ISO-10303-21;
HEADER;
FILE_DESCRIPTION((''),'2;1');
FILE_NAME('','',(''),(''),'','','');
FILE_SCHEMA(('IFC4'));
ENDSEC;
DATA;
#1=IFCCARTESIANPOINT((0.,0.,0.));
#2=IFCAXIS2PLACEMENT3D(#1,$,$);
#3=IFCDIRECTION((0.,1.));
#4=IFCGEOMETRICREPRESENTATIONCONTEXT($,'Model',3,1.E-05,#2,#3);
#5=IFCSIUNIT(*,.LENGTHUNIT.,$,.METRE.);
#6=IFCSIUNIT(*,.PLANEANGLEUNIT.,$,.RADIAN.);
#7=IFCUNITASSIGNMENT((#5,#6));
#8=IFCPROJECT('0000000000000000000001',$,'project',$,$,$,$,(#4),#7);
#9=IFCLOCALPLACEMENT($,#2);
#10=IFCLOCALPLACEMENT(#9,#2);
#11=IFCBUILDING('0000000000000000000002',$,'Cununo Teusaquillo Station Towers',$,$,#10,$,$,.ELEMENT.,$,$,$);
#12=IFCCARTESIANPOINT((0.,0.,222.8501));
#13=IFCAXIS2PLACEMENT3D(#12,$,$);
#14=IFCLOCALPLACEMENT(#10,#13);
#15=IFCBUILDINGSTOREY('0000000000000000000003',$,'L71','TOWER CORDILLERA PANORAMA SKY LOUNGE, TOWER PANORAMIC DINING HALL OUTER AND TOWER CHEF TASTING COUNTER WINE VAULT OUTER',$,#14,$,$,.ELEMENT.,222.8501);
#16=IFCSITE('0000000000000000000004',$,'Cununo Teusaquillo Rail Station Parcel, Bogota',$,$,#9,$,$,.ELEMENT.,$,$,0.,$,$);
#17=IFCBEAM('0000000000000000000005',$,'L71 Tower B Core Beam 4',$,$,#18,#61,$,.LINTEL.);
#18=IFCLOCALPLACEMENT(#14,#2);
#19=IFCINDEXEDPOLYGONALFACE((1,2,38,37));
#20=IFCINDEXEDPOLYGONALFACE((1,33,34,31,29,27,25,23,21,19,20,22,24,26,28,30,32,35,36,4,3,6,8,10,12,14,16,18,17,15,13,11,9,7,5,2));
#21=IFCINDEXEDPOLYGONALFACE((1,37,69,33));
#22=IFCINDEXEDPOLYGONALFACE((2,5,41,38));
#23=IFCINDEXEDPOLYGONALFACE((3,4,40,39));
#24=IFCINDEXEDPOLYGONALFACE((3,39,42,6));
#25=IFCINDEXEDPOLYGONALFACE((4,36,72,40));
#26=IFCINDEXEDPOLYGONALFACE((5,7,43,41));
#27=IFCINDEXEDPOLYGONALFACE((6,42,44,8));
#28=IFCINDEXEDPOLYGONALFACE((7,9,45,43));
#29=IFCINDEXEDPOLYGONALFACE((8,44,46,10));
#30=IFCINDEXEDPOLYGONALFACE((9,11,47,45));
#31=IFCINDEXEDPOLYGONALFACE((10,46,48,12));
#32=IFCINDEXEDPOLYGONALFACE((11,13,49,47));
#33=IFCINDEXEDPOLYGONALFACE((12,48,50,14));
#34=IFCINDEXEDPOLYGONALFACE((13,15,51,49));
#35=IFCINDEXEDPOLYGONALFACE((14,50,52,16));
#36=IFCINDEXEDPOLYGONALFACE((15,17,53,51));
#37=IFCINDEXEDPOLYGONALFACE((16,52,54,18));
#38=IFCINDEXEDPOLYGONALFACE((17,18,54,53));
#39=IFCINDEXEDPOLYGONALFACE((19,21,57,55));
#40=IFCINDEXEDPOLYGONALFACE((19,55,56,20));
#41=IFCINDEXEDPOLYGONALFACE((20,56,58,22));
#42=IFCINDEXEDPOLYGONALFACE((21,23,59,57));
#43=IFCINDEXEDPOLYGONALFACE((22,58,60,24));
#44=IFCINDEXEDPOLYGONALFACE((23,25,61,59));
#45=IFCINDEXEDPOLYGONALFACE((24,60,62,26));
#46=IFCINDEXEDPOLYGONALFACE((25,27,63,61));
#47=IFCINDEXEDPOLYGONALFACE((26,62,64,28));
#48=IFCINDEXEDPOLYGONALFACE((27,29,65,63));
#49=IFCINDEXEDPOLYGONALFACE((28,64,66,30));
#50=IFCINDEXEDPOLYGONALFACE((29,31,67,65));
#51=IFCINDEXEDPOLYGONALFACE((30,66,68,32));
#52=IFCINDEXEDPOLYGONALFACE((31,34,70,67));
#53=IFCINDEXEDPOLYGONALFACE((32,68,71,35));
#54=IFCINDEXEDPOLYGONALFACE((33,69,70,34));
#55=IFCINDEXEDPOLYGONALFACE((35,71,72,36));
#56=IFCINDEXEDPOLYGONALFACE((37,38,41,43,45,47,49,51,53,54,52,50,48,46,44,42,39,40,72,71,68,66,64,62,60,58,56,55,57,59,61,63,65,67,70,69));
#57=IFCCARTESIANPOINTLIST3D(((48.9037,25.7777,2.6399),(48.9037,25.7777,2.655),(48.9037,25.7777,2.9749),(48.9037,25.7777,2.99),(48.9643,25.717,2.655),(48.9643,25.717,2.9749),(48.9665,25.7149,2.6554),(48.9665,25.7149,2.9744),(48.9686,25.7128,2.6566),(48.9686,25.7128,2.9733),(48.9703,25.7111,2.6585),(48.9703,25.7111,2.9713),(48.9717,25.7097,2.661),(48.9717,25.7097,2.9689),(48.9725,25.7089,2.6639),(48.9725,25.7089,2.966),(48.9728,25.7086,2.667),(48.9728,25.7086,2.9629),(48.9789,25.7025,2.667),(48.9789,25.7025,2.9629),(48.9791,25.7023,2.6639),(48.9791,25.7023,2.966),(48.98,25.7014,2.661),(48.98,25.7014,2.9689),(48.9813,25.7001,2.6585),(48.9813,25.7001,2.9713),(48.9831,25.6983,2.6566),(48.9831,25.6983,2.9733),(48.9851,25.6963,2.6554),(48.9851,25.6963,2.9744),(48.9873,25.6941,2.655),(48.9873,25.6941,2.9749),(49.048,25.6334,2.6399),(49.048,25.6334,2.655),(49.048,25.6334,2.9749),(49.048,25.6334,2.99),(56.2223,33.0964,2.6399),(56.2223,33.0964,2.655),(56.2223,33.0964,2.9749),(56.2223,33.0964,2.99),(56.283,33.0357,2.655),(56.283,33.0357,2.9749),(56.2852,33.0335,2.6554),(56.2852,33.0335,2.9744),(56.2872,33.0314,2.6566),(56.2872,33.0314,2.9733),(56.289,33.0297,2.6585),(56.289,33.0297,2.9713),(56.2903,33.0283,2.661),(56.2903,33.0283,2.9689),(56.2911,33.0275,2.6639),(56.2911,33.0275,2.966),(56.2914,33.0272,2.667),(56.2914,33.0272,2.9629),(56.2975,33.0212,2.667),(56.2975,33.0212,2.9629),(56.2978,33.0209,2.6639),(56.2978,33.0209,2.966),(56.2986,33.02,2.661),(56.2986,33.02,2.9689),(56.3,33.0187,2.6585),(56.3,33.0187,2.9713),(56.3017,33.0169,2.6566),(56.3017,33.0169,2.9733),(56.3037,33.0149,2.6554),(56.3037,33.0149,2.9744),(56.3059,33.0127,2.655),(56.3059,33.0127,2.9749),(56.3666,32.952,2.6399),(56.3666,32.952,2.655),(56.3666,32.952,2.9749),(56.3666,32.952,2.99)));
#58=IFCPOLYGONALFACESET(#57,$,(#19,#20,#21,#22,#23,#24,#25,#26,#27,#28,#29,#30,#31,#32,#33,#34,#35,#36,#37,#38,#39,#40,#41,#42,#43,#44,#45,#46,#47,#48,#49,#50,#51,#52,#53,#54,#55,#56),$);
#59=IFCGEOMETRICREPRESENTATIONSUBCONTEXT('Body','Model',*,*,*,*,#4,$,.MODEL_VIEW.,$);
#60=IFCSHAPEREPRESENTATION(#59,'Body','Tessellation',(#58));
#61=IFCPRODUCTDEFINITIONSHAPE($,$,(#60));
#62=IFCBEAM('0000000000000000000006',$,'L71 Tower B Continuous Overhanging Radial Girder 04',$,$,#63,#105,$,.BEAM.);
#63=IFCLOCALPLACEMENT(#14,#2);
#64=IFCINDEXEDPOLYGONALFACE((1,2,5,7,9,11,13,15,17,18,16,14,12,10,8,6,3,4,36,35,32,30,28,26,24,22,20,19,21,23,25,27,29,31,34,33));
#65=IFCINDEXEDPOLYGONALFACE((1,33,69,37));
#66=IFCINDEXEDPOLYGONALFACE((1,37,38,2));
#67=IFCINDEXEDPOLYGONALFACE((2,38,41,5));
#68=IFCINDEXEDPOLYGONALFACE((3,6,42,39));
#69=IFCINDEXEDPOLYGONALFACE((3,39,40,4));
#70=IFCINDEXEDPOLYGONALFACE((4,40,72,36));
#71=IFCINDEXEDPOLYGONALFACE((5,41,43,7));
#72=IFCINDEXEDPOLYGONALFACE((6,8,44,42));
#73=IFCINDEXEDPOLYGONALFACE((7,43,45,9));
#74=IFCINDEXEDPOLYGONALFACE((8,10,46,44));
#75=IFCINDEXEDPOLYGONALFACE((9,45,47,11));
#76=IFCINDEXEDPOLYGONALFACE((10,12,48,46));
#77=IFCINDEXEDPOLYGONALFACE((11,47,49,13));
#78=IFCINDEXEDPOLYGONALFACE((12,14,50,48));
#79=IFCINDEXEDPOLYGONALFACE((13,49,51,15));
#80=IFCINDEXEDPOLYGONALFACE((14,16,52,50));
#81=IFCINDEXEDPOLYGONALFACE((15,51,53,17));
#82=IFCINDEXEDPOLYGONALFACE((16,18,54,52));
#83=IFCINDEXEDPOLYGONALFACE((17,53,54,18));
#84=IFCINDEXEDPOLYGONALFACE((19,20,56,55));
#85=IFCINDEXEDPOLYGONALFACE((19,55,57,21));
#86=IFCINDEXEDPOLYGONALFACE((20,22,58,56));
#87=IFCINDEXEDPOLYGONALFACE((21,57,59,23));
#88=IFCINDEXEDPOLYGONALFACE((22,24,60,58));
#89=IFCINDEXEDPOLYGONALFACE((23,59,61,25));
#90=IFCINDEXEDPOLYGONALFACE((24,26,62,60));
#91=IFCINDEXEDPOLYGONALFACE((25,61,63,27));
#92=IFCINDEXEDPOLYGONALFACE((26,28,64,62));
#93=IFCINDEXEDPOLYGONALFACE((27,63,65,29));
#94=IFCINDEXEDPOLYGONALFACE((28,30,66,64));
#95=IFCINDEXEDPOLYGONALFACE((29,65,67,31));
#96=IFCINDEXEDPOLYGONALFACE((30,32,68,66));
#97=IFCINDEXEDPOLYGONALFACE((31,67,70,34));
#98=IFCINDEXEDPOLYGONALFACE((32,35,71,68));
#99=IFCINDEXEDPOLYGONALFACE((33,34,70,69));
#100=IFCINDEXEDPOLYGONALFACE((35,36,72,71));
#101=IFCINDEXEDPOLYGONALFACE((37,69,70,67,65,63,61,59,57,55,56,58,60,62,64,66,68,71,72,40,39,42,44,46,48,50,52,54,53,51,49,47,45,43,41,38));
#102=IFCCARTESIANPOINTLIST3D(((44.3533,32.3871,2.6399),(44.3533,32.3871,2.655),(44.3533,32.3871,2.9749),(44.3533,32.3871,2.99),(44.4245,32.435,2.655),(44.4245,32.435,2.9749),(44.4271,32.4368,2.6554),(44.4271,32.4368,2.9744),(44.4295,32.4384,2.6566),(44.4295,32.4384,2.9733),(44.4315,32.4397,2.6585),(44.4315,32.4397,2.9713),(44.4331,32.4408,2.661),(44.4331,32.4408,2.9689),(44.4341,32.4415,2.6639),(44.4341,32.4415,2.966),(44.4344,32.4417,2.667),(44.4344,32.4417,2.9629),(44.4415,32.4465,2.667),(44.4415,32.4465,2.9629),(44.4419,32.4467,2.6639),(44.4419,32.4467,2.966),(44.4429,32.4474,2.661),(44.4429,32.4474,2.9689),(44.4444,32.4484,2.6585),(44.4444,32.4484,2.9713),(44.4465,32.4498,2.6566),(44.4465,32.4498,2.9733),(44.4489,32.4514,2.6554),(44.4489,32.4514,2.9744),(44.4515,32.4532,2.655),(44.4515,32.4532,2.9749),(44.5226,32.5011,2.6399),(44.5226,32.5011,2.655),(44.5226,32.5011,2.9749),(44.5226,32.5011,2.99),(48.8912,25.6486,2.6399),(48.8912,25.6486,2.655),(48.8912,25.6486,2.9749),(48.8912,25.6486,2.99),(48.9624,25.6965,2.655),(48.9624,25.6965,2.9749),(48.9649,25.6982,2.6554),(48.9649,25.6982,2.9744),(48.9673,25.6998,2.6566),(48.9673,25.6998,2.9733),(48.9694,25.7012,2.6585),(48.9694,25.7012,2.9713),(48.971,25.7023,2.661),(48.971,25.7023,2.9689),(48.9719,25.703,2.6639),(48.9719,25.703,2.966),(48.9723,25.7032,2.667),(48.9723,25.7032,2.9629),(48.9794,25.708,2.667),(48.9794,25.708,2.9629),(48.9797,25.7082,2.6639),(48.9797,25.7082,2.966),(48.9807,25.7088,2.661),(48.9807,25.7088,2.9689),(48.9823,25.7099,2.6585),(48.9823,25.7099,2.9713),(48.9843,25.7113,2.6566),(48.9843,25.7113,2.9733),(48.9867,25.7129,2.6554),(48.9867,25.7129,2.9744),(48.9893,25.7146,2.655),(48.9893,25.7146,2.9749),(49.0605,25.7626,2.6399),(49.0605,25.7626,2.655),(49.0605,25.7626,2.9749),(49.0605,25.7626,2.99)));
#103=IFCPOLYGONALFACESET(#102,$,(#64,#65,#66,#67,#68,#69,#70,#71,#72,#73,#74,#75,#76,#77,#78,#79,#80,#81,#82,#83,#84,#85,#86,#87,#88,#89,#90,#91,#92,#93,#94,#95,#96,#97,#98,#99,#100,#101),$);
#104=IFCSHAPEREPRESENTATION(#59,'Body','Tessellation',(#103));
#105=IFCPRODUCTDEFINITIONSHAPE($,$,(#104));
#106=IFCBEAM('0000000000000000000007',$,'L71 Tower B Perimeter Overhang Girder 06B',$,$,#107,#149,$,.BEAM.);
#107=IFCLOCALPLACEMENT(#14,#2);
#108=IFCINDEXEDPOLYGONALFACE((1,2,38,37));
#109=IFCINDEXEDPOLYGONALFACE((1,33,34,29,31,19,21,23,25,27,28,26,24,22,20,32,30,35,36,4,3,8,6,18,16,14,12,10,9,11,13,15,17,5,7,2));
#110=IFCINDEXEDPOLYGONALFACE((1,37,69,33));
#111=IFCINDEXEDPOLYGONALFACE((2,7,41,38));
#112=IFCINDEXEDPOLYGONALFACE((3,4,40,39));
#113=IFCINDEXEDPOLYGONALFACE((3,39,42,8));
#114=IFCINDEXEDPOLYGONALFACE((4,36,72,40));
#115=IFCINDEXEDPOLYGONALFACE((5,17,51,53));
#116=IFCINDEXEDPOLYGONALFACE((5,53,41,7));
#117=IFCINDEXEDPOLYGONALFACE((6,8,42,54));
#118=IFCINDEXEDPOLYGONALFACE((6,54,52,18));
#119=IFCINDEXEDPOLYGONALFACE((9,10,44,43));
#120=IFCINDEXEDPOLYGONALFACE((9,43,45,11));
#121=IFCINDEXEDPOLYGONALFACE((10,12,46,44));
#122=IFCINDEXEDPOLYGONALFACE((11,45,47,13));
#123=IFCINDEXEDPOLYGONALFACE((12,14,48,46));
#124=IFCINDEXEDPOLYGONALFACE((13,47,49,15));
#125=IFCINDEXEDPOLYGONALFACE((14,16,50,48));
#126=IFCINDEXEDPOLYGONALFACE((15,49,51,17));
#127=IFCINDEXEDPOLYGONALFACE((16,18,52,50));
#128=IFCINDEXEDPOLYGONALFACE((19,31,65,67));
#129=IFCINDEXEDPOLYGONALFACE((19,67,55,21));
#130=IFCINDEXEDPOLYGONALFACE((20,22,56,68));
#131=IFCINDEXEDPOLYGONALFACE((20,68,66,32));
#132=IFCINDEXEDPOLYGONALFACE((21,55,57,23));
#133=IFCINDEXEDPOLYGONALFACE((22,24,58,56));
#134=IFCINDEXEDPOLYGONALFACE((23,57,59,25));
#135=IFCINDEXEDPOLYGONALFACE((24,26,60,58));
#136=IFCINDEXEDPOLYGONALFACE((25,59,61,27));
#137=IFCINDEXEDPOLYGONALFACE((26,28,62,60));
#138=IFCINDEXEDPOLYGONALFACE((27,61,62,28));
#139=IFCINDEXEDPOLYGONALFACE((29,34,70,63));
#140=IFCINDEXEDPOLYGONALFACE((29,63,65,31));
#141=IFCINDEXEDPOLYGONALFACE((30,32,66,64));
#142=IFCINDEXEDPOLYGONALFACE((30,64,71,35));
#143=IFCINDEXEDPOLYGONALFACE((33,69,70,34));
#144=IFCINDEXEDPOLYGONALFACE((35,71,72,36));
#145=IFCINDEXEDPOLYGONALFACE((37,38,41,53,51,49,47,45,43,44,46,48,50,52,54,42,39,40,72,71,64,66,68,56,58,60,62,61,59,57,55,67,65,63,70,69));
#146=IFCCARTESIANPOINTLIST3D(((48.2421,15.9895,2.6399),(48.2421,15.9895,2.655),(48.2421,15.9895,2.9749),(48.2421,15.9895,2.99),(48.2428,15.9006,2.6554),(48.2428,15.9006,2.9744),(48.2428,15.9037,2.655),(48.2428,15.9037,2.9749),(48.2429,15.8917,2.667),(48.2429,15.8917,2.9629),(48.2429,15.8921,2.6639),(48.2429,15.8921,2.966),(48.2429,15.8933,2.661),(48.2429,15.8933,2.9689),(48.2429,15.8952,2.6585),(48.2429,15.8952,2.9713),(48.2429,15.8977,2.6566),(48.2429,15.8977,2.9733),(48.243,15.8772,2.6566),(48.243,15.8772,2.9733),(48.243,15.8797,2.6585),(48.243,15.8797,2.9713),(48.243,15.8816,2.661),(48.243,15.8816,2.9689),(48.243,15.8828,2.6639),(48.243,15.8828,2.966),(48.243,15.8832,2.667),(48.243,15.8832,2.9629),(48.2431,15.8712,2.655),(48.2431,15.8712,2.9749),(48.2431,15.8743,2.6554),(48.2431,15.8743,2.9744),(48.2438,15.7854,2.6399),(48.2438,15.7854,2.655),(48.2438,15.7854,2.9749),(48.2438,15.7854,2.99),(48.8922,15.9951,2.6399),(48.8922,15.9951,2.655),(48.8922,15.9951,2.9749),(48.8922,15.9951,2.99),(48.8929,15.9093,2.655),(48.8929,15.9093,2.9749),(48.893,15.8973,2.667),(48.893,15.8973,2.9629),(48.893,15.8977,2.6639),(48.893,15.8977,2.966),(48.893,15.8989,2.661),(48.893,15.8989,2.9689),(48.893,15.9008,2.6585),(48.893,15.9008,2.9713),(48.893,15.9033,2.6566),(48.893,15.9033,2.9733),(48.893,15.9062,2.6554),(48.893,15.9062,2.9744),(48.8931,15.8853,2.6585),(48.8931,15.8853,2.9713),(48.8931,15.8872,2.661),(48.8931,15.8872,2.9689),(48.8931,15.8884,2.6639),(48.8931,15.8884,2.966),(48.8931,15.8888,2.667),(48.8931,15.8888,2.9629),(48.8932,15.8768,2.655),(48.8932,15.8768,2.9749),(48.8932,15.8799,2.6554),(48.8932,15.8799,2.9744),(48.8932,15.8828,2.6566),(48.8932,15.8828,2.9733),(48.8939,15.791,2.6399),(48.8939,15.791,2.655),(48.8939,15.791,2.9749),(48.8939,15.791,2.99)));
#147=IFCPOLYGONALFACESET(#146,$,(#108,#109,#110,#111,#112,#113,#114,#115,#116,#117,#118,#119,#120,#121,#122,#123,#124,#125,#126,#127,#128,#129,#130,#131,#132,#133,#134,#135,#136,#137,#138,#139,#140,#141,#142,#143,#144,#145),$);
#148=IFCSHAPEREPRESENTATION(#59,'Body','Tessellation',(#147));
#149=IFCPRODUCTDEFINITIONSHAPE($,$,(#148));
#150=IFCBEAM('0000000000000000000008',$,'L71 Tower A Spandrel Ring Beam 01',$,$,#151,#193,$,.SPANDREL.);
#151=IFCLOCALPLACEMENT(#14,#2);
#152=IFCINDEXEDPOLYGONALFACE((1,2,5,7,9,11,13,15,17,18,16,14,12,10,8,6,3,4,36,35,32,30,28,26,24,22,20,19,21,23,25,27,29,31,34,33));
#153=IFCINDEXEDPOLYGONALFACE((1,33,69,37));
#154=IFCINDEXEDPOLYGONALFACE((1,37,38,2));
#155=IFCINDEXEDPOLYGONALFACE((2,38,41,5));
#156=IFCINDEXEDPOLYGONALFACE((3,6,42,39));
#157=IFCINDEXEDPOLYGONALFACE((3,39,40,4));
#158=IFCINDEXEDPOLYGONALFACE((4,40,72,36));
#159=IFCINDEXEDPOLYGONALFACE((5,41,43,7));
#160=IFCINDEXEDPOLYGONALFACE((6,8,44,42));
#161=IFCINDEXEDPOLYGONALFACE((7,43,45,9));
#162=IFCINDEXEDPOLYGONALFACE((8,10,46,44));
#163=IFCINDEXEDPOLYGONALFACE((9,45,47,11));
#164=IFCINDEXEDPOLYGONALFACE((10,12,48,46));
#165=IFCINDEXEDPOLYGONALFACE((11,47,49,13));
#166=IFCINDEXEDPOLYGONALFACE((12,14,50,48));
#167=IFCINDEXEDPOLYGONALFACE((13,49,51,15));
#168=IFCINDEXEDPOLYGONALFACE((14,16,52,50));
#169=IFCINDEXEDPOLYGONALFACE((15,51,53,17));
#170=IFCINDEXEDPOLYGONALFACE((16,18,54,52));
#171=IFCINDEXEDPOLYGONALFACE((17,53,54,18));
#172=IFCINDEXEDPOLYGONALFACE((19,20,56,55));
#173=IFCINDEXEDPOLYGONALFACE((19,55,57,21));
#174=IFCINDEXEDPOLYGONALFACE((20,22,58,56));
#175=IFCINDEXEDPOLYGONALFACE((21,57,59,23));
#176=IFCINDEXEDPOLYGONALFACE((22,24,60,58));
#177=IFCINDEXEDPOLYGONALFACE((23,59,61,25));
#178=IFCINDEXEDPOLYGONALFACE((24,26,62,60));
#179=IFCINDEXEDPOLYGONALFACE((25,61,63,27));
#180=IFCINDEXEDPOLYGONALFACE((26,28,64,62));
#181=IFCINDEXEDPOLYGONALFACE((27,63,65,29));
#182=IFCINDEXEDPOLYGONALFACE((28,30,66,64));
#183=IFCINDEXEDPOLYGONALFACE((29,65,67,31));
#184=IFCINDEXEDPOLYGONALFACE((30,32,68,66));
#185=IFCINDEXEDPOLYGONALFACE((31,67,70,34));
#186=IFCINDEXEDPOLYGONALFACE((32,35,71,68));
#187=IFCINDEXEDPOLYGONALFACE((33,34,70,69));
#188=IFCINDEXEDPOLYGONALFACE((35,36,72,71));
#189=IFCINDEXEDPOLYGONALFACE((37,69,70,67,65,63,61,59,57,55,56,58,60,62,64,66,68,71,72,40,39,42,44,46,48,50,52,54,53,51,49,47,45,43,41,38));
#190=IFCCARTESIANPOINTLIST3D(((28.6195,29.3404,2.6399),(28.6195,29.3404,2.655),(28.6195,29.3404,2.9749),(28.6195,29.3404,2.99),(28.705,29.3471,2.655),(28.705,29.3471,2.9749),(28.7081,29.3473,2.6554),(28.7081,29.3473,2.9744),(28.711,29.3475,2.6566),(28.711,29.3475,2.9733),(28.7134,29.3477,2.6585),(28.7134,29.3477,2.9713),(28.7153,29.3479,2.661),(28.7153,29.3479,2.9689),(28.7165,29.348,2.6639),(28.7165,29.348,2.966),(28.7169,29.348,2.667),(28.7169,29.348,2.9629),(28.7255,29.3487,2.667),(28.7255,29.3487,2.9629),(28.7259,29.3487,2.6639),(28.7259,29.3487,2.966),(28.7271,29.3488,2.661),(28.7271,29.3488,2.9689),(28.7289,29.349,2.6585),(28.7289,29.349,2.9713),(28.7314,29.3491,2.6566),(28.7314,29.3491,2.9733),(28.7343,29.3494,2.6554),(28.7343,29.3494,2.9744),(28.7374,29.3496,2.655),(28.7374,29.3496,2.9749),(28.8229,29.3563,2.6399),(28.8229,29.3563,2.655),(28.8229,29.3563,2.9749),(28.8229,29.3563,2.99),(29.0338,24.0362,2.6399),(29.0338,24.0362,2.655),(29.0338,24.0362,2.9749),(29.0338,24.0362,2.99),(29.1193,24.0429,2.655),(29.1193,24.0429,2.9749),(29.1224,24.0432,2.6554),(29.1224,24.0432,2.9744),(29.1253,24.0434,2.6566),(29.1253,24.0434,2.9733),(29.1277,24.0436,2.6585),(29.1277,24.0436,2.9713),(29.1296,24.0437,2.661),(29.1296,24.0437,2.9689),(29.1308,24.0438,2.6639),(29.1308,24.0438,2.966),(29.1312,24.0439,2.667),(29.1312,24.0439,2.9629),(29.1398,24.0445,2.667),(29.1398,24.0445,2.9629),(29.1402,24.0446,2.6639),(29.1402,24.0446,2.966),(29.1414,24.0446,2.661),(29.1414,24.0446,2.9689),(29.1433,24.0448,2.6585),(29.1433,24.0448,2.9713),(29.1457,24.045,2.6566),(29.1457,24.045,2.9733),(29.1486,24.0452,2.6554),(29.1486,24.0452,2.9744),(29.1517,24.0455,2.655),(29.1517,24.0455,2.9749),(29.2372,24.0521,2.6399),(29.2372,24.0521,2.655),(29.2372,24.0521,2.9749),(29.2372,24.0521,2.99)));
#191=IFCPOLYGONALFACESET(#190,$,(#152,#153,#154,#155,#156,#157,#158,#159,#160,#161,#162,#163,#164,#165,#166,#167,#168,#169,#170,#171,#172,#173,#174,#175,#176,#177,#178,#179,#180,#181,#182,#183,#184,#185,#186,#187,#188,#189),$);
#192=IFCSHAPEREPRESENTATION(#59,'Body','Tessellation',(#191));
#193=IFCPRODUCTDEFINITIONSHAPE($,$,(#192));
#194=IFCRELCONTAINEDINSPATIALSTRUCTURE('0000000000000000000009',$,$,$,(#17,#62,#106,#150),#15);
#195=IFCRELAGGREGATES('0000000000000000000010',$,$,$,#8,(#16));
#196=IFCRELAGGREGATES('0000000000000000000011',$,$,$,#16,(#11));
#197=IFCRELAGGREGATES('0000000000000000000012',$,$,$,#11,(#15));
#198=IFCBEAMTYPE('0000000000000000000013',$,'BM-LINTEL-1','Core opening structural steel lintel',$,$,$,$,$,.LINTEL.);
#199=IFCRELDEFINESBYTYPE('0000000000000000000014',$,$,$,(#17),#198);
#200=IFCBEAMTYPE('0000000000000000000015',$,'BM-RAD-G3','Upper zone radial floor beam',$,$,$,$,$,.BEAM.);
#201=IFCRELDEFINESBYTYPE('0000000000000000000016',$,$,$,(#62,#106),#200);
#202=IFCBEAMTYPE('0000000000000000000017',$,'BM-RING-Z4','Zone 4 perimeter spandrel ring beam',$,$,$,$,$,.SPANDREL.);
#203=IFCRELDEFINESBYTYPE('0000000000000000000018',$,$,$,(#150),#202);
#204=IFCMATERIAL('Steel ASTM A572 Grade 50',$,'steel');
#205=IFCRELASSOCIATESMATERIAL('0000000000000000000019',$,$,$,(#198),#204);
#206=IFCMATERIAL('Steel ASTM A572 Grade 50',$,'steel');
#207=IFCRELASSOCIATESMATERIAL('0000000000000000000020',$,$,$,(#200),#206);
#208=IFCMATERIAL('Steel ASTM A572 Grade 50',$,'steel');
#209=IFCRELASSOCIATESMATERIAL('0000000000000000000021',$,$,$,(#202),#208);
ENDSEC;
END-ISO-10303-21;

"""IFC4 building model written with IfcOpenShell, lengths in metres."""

from ifc_helpers import new_model, si_unit, direction, frame, origin, origin_2d, place, context, subcontext, project, spatial, i_section, extrude, material, material_profile, profile_set, type_object, element, save


model = new_model("IFC4")

# Units and contexts
model_context = context("Model", 3, precision=1e-05, world=origin(), true_north=direction((0.0, 1.0)))
body_context = subcontext(model_context, "Body", "Model", "MODEL_VIEW")
ifc_project = project(units=[si_unit("LENGTHUNIT", "METRE"), si_unit("PLANEANGLEUNIT", "RADIAN")], contexts=[model_context])

# Site, building, storey
site_placement = place(None, origin())
site = spatial("IfcSite", under=ifc_project, at=site_placement, Name="Cununo Teusaquillo Rail Station Parcel, Bogota", CompositionType="ELEMENT", RefElevation=0.0)
building_placement = place(site_placement, origin())
building = spatial("IfcBuilding", under=site, at=building_placement, Name="Cununo Teusaquillo Station Towers", CompositionType="ELEMENT")
storey_placement = place(building_placement, frame((0.0, 0.0, 222.8501)))
storey = spatial("IfcBuildingStorey", under=building, at=storey_placement, Name="L71", Description="TOWER CORDILLERA PANORAMA SKY LOUNGE, TOWER PANORAMIC DINING HALL OUTER AND TOWER CHEF TASTING COUNTER WINE VAULT OUTER", CompositionType="ELEMENT", Elevation=222.8501)

# Beams
ifc_material_1 = material(Name="Steel ASTM A572 Grade 50", Category="steel")
ifc_material_profile_1 = material_profile(ifc_material_1, i_section(OverallWidth=0.2041, OverallDepth=0.3501, WebThickness=0.0085, FlangeThickness=0.0151, FilletRadius=0.012, at=origin_2d()), Name="W14X48")
ifc_profile_set_1 = profile_set([ifc_material_profile_1], Name="Steel ASTM A572 Grade 50")
beam_type_1 = type_object("IfcBeamType", Name="BM-LINTEL-1", Description="Core opening structural steel lintel", PredefinedType="LINTEL", material=ifc_profile_set_1)
beam_1_placement = place(storey_placement, frame((48.9758, 25.7056, 2.8149), z_axis=(0.707107, 0.707107, 0.0), x_axis=(-0.707107, 0.707107, 0.0)))
element("IfcBeam", 1, at=beam_1_placement, inside=storey, type_object=beam_type_1, Name="L71 Tower B Core Beam 4", PredefinedType="LINTEL", context=body_context, shape_type="SweptSolid", body=[
    extrude(i_section(OverallWidth=0.2041, OverallDepth=0.3501, WebThickness=0.0085, FlangeThickness=0.0151, FilletRadius=0.012, at=origin_2d()), origin(), (0.0, 0.0, 1.0), 10.3501),
])
ifc_material_2 = material(Name="Steel ASTM A572 Grade 50", Category="steel")
ifc_material_profile_2 = material_profile(ifc_material_2, i_section(OverallWidth=0.2041, OverallDepth=0.3501, WebThickness=0.0085, FlangeThickness=0.0151, FilletRadius=0.012, at=origin_2d()), Name="W14X48")
ifc_profile_set_2 = profile_set([ifc_material_profile_2], Name="Steel ASTM A572 Grade 50")
beam_type_2 = type_object("IfcBeamType", Name="BM-RAD-G3", Description="Upper zone radial floor beam", PredefinedType="BEAM", material=ifc_profile_set_2)
beam_2_placement = place(storey_placement, frame((48.9758, 25.7056, 2.8149), z_axis=(-0.558571, 0.829457, 0.0), x_axis=(-0.829457, -0.558571, 0.0)))
element("IfcBeam", 2, at=beam_2_placement, inside=storey, type_object=beam_type_2, Name="L71 Tower B Continuous Overhanging Radial Girder 04", PredefinedType="BEAM", context=body_context, shape_type="SweptSolid", body=[
    extrude(i_section(OverallWidth=0.2041, OverallDepth=0.3501, WebThickness=0.0085, FlangeThickness=0.0151, FilletRadius=0.012, at=origin_2d()), origin(), (0.0, 0.0, 1.0), 8.124),
])
beam_3_placement = place(storey_placement, frame((48.8931, 15.8931, 2.8149), z_axis=(-0.999963, -0.008637, 0.0), x_axis=(0.008637, -0.999963, 0.0)))
element("IfcBeam", 3, at=beam_3_placement, inside=storey, type_object=beam_type_2, Name="L71 Tower B Perimeter Overhang Girder 06B", PredefinedType="BEAM", context=body_context, shape_type="SweptSolid", body=[
    extrude(i_section(OverallWidth=0.2041, OverallDepth=0.3501, WebThickness=0.0085, FlangeThickness=0.0151, FilletRadius=0.012, at=origin_2d()), origin(), (0.0, 0.0, 1.0), 0.6501),
])
ifc_material_3 = material(Name="Steel ASTM A572 Grade 50", Category="steel")
ifc_material_profile_3 = material_profile(ifc_material_3, i_section(OverallWidth=0.2041, OverallDepth=0.3501, WebThickness=0.0085, FlangeThickness=0.0151, FilletRadius=0.012, at=origin_2d()), Name="W14X48")
ifc_profile_set_3 = profile_set([ifc_material_profile_3], Name="Steel ASTM A572 Grade 50")
beam_type_3 = type_object("IfcBeamType", Name="BM-RING-Z4", Description="Zone 4 perimeter spandrel ring beam", PredefinedType="SPANDREL", material=ifc_profile_set_3)
beam_4_placement = place(storey_placement, frame((29.1355, 24.0442, 2.8149), z_axis=(-0.077872, 0.996963, 0.0), x_axis=(-0.996963, -0.077872, 0.0)))
element("IfcBeam", 4, at=beam_4_placement, inside=storey, type_object=beam_type_3, Name="L71 Tower A Spandrel Ring Beam 01", PredefinedType="SPANDREL", context=body_context, shape_type="SweptSolid", body=[
    extrude(i_section(OverallWidth=0.2041, OverallDepth=0.3501, WebThickness=0.0085, FlangeThickness=0.0151, FilletRadius=0.012, at=origin_2d()), origin(), (0.0, 0.0, 1.0), 5.3203),
])

save(model, "model.ifc")
